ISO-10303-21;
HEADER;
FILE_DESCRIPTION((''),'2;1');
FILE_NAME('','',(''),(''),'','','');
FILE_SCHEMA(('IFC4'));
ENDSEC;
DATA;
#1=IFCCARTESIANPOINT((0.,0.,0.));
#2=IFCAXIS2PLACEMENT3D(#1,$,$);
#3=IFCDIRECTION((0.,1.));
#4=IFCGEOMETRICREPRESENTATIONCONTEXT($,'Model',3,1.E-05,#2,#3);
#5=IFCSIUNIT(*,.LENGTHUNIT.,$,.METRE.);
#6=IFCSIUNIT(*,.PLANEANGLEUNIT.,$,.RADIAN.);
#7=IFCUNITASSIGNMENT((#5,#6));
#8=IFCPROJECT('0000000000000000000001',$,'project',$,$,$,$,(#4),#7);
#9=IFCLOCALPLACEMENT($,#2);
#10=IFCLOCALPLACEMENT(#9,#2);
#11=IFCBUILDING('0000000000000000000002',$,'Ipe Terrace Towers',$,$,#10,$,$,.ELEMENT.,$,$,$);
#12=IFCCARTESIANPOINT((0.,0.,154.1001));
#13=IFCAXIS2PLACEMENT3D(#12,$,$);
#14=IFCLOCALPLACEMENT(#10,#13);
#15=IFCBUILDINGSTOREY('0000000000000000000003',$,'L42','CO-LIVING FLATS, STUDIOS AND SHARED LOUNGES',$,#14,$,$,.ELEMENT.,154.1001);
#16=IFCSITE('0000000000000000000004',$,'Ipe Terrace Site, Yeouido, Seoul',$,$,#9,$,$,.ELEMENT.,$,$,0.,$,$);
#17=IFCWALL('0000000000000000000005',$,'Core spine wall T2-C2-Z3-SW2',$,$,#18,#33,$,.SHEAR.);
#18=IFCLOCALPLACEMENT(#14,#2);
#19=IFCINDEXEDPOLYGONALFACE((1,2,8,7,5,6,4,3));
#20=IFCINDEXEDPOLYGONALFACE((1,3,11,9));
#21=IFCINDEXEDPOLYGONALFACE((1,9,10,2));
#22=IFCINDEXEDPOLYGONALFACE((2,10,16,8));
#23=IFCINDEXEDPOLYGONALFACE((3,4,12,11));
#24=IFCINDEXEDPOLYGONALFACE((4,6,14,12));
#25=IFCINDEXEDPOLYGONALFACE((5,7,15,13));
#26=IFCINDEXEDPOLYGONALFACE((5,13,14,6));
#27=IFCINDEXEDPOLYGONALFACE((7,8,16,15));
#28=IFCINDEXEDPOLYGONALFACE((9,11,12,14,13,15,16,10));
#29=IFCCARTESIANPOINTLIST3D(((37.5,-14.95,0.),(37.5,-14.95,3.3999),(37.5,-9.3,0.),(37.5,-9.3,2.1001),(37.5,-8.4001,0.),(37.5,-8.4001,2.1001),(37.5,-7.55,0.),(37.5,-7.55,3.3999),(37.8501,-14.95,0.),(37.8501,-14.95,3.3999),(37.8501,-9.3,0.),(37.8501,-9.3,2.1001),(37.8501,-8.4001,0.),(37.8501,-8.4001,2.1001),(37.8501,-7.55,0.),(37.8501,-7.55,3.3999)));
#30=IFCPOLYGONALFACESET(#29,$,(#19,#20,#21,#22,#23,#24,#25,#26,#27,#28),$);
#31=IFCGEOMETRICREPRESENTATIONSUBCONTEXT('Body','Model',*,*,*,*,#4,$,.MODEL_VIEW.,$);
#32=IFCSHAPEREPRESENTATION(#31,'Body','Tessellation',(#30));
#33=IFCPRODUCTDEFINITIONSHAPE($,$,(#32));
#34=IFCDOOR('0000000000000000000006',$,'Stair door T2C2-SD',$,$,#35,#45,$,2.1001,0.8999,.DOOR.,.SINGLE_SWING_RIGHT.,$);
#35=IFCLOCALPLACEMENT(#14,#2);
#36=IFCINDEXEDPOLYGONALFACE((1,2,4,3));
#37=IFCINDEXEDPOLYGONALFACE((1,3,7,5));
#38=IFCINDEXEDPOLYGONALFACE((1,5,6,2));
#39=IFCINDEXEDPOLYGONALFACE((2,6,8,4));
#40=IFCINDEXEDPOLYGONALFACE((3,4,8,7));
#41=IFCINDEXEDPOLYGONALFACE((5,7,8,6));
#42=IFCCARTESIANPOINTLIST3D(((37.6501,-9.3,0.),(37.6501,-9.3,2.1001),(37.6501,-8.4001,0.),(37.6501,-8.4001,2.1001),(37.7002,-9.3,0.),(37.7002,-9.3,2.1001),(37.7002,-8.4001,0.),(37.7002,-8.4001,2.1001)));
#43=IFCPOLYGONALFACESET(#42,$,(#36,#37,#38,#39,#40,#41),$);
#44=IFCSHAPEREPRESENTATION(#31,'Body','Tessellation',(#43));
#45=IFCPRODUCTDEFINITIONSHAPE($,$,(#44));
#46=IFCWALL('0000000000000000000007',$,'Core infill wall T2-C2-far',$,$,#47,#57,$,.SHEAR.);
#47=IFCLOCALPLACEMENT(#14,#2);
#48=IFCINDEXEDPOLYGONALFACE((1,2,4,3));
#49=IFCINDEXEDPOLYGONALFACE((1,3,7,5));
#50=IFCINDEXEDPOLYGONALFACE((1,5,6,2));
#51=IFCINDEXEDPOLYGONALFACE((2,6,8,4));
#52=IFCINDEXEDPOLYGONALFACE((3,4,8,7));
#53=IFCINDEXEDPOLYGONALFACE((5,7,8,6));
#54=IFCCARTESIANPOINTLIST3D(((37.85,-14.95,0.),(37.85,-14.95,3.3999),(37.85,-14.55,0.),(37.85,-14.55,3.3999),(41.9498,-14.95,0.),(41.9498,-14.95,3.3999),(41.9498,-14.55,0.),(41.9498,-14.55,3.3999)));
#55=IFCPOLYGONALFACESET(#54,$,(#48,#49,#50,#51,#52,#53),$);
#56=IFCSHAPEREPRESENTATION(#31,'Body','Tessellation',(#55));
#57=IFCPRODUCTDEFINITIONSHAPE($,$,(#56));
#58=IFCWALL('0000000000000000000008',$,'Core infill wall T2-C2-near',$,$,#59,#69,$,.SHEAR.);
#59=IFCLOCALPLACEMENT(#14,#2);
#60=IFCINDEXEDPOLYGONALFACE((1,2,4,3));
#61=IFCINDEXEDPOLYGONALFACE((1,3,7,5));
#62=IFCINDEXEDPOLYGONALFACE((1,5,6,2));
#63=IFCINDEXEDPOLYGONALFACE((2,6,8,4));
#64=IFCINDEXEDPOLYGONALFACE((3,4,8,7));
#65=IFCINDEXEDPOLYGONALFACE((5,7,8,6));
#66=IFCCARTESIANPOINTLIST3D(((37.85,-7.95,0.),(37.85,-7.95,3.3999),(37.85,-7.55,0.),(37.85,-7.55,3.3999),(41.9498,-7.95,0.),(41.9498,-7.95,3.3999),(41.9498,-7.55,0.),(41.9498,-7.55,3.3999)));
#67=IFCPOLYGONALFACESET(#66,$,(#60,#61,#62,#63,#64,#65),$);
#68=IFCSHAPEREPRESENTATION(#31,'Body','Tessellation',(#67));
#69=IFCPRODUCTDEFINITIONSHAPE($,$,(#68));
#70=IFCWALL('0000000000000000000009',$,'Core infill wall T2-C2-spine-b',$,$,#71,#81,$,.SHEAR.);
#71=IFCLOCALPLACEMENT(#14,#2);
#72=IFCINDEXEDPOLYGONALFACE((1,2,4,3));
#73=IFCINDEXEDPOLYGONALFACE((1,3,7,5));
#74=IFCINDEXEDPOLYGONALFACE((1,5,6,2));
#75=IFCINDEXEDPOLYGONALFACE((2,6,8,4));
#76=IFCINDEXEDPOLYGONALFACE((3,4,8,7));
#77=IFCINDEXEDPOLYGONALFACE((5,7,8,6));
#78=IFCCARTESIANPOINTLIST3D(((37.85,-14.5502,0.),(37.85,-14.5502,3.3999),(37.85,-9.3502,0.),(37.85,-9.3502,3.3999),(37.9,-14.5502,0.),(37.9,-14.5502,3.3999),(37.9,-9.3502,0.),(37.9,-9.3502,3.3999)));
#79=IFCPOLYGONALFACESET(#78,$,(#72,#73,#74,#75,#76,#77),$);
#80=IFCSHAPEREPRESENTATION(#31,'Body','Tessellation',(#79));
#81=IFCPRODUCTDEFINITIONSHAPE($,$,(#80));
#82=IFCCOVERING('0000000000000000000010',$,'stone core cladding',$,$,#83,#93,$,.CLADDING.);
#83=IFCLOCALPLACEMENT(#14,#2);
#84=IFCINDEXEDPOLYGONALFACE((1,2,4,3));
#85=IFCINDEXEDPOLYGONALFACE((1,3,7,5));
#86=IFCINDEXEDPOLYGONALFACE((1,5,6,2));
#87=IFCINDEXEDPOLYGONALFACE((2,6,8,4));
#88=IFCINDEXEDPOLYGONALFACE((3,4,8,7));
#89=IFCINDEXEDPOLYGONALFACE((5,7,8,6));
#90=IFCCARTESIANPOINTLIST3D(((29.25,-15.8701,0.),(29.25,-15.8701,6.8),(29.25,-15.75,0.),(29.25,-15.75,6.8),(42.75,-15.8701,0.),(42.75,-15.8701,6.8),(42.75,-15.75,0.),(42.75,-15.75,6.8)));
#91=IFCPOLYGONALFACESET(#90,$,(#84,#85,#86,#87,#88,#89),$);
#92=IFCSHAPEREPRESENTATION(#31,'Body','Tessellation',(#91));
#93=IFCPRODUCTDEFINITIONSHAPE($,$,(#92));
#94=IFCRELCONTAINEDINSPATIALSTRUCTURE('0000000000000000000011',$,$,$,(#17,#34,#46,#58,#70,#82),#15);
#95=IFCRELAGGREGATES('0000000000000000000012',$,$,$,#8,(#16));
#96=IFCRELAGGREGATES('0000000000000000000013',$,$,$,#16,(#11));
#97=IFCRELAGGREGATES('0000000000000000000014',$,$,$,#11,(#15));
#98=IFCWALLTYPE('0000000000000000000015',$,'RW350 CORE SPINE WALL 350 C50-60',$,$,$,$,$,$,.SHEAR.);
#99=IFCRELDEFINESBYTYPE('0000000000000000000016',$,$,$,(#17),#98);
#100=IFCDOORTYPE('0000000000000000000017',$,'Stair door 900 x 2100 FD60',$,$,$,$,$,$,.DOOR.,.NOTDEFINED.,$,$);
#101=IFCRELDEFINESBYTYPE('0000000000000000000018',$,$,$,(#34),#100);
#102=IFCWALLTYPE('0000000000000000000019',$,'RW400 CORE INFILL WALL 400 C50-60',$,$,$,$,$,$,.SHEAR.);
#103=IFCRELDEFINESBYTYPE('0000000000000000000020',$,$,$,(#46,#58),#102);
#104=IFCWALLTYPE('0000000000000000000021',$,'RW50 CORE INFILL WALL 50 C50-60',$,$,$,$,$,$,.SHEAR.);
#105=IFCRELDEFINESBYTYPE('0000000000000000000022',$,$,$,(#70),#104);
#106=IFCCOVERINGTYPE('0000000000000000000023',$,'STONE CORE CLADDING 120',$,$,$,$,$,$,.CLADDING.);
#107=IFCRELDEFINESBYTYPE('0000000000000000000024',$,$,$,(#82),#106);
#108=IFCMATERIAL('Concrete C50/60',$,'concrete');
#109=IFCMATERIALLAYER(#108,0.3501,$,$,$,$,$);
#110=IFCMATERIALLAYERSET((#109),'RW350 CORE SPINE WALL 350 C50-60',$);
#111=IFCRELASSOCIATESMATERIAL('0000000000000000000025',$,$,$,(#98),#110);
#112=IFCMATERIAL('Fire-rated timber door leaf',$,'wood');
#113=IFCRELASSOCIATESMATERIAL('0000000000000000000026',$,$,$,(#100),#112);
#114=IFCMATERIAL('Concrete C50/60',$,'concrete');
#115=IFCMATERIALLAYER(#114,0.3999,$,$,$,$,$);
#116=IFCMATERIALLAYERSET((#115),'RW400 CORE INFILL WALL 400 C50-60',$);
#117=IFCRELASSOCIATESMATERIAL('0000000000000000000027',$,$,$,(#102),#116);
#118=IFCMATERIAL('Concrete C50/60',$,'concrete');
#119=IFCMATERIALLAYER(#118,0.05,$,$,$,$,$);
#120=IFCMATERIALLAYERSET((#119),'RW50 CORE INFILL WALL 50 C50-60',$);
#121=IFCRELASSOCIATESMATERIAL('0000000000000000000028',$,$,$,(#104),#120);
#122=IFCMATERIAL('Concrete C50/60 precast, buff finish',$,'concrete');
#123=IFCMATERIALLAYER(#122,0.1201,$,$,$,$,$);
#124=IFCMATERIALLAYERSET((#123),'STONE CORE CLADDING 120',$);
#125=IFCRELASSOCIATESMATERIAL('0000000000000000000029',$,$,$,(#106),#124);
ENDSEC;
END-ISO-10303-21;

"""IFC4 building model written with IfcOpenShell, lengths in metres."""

from ifc_helpers import new_model, si_unit, direction, frame, frame_2d, origin, origin_2d, place, context, subcontext, project, spatial, rectangle, extrude, material, layer, layer_set, type_object, element, fill, save


model = new_model("IFC4")

# Units and contexts
model_context = context("Model", 3, precision=1e-05, world=origin(), true_north=direction((0.0, 1.0)))
body_context = subcontext(model_context, "Body", "Model", "MODEL_VIEW")
ifc_project = project(units=[si_unit("LENGTHUNIT", "METRE"), si_unit("PLANEANGLEUNIT", "RADIAN")], contexts=[model_context])

# Site, building, storey
site_placement = place(None, origin())
site = spatial("IfcSite", under=ifc_project, at=site_placement, Name="Ipe Terrace Site, Yeouido, Seoul", CompositionType="ELEMENT", RefElevation=0.0)
building_placement = place(site_placement, origin())
building = spatial("IfcBuilding", under=site, at=building_placement, Name="Ipe Terrace Towers", CompositionType="ELEMENT")
storey_placement = place(building_placement, frame((0.0, 0.0, 154.1001)))
storey = spatial("IfcBuildingStorey", under=building, at=storey_placement, Name="L42", Description="CO-LIVING FLATS, STUDIOS AND SHARED LOUNGES", CompositionType="ELEMENT", Elevation=154.1001)

# Shared definitions
ifc_material_1 = material(Name="Concrete C50/60", Category="concrete")
ifc_layer_1 = layer(ifc_material_1, 0.3501)
ifc_layer_set_1 = layer_set([ifc_layer_1], Name="RW350 CORE SPINE WALL 350 C50-60")
wall_type_1 = type_object("IfcWallType", Name="RW350 CORE SPINE WALL 350 C50-60", PredefinedType="SHEAR", material=ifc_layer_set_1)

# Wall, opening, door
wall_1_placement = place(storey_placement, frame((37.675, -14.95, 0.0), z_axis=(0.0, 0.0, 1.0), x_axis=(0.0, 1.0, 0.0)))
wall_1 = element("IfcWall", 1, at=wall_1_placement, inside=storey, type_object=wall_type_1, Name="Core spine wall T2-C2-Z3-SW2", PredefinedType="SHEAR", context=body_context, shape_type="SweptSolid", body=[
    extrude(rectangle(XDim=7.3999, YDim=0.3501, at=frame_2d((3.7, 0.0))), origin(), (0.0, 0.0, 1.0), 3.3999),
])
opening_1_placement = place(wall_1_placement, frame((5.6499, 0.0, 0.0)))
opening_1 = element("IfcOpeningElement", 2, at=opening_1_placement, cuts=wall_1, PredefinedType="OPENING", context=body_context, shape_type="SweptSolid", body=[
    extrude(rectangle(XDim=0.8999, YDim=2.1001, at=frame_2d((0.45, 1.05))), frame((0.0, 0.1851, 0.0), z_axis=(0.0, -1.0, 0.0), x_axis=(1.0, 0.0, 0.0)), (0.0, 0.0, 1.0), 0.3701),
])
ifc_material_2 = material(Name="Fire-rated timber door leaf", Category="wood")
door_type_1 = type_object("IfcDoorType", Name="Stair door 900 x 2100 FD60", OperationType="NOTDEFINED", PredefinedType="DOOR", material=ifc_material_2)
door_1_placement = place(opening_1_placement, origin())
door_1 = element("IfcDoor", 3, at=door_1_placement, inside=storey, type_object=door_type_1, Name="Stair door T2C2-SD", OperationType="SINGLE_SWING_RIGHT", OverallHeight=2.1001, OverallWidth=0.8999, PredefinedType="DOOR", context=body_context, shape_type="SweptSolid", body=[
    extrude(rectangle(XDim=0.8999, YDim=2.1001, at=frame_2d((0.45, 1.05))), frame((0.0, 0.0249, 0.0), z_axis=(0.0, -1.0, 0.0), x_axis=(1.0, 0.0, 0.0)), (0.0, 0.0, 1.0), 0.05),
])
fill(opening_1, door_1)

# Walls
ifc_material_3 = material(Name="Concrete C50/60", Category="concrete")
ifc_layer_2 = layer(ifc_material_3, 0.3999)
ifc_layer_set_2 = layer_set([ifc_layer_2], Name="RW400 CORE INFILL WALL 400 C50-60")
wall_type_2 = type_object("IfcWallType", Name="RW400 CORE INFILL WALL 400 C50-60", PredefinedType="SHEAR", material=ifc_layer_set_2)
for number, where, z_axis, x_axis, name in (
    (4, (37.8501, -14.75, 0.0), (0.0, 0.0, 1.0), (1.0, 0.0, 0.0), "Core infill wall T2-C2-far"),
    (5, (37.8501, -7.75, 0.0), (0.0, 0.0, 1.0), (1.0, 0.0, 0.0), "Core infill wall T2-C2-near"),
):
    element("IfcWall", number, at=place(storey_placement, frame(where, z_axis=z_axis, x_axis=x_axis)), inside=storey, type_object=wall_type_2, Name=name, PredefinedType="SHEAR", context=body_context, shape_type="SweptSolid", body=[
        extrude(rectangle(XDim=4.0999, YDim=0.3999, at=frame_2d((2.0498, 0.0))), origin(), (0.0, 0.0, 1.0), 3.3999),
    ])
ifc_material_4 = material(Name="Concrete C50/60", Category="concrete")
ifc_layer_3 = layer(ifc_material_4, 0.05)
ifc_layer_set_3 = layer_set([ifc_layer_3], Name="RW50 CORE INFILL WALL 50 C50-60")
wall_type_3 = type_object("IfcWallType", Name="RW50 CORE INFILL WALL 50 C50-60", PredefinedType="SHEAR", material=ifc_layer_set_3)
wall_2_placement = place(storey_placement, frame((37.875, -9.3501, 0.0), z_axis=(0.0, 0.0, 1.0), x_axis=(0.0, -1.0, 0.0)))
element("IfcWall", 6, at=wall_2_placement, inside=storey, type_object=wall_type_3, Name="Core infill wall T2-C2-spine-b", PredefinedType="SHEAR", context=body_context, shape_type="SweptSolid", body=[
    extrude(rectangle(XDim=5.2, YDim=0.05, at=frame_2d((2.6001, 0.0))), origin(), (0.0, 0.0, 1.0), 3.3999),
])

# Covering
ifc_material_5 = material(Name="Concrete C50/60 precast, buff finish", Category="concrete")
ifc_layer_4 = layer(ifc_material_5, 0.1201)
ifc_layer_set_4 = layer_set([ifc_layer_4], Name="STONE CORE CLADDING 120")
covering_type = type_object("IfcCoveringType", Name="STONE CORE CLADDING 120", PredefinedType="CLADDING", material=ifc_layer_set_4)
covering_placement = place(storey_placement, frame((36.0, -15.8101, 0.0), z_axis=(0.0, 0.0, 1.0), x_axis=(1.0, 0.0, 0.0)))
element("IfcCovering", 7, at=covering_placement, inside=storey, type_object=covering_type, Name="stone core cladding", PredefinedType="CLADDING", context=body_context, shape_type="SweptSolid", body=[
    extrude(rectangle(XDim=13.5, YDim=0.1201, at=origin_2d()), origin(), (0.0, 0.0, 1.0), 6.8),
])

save(model, "model.ifc")
